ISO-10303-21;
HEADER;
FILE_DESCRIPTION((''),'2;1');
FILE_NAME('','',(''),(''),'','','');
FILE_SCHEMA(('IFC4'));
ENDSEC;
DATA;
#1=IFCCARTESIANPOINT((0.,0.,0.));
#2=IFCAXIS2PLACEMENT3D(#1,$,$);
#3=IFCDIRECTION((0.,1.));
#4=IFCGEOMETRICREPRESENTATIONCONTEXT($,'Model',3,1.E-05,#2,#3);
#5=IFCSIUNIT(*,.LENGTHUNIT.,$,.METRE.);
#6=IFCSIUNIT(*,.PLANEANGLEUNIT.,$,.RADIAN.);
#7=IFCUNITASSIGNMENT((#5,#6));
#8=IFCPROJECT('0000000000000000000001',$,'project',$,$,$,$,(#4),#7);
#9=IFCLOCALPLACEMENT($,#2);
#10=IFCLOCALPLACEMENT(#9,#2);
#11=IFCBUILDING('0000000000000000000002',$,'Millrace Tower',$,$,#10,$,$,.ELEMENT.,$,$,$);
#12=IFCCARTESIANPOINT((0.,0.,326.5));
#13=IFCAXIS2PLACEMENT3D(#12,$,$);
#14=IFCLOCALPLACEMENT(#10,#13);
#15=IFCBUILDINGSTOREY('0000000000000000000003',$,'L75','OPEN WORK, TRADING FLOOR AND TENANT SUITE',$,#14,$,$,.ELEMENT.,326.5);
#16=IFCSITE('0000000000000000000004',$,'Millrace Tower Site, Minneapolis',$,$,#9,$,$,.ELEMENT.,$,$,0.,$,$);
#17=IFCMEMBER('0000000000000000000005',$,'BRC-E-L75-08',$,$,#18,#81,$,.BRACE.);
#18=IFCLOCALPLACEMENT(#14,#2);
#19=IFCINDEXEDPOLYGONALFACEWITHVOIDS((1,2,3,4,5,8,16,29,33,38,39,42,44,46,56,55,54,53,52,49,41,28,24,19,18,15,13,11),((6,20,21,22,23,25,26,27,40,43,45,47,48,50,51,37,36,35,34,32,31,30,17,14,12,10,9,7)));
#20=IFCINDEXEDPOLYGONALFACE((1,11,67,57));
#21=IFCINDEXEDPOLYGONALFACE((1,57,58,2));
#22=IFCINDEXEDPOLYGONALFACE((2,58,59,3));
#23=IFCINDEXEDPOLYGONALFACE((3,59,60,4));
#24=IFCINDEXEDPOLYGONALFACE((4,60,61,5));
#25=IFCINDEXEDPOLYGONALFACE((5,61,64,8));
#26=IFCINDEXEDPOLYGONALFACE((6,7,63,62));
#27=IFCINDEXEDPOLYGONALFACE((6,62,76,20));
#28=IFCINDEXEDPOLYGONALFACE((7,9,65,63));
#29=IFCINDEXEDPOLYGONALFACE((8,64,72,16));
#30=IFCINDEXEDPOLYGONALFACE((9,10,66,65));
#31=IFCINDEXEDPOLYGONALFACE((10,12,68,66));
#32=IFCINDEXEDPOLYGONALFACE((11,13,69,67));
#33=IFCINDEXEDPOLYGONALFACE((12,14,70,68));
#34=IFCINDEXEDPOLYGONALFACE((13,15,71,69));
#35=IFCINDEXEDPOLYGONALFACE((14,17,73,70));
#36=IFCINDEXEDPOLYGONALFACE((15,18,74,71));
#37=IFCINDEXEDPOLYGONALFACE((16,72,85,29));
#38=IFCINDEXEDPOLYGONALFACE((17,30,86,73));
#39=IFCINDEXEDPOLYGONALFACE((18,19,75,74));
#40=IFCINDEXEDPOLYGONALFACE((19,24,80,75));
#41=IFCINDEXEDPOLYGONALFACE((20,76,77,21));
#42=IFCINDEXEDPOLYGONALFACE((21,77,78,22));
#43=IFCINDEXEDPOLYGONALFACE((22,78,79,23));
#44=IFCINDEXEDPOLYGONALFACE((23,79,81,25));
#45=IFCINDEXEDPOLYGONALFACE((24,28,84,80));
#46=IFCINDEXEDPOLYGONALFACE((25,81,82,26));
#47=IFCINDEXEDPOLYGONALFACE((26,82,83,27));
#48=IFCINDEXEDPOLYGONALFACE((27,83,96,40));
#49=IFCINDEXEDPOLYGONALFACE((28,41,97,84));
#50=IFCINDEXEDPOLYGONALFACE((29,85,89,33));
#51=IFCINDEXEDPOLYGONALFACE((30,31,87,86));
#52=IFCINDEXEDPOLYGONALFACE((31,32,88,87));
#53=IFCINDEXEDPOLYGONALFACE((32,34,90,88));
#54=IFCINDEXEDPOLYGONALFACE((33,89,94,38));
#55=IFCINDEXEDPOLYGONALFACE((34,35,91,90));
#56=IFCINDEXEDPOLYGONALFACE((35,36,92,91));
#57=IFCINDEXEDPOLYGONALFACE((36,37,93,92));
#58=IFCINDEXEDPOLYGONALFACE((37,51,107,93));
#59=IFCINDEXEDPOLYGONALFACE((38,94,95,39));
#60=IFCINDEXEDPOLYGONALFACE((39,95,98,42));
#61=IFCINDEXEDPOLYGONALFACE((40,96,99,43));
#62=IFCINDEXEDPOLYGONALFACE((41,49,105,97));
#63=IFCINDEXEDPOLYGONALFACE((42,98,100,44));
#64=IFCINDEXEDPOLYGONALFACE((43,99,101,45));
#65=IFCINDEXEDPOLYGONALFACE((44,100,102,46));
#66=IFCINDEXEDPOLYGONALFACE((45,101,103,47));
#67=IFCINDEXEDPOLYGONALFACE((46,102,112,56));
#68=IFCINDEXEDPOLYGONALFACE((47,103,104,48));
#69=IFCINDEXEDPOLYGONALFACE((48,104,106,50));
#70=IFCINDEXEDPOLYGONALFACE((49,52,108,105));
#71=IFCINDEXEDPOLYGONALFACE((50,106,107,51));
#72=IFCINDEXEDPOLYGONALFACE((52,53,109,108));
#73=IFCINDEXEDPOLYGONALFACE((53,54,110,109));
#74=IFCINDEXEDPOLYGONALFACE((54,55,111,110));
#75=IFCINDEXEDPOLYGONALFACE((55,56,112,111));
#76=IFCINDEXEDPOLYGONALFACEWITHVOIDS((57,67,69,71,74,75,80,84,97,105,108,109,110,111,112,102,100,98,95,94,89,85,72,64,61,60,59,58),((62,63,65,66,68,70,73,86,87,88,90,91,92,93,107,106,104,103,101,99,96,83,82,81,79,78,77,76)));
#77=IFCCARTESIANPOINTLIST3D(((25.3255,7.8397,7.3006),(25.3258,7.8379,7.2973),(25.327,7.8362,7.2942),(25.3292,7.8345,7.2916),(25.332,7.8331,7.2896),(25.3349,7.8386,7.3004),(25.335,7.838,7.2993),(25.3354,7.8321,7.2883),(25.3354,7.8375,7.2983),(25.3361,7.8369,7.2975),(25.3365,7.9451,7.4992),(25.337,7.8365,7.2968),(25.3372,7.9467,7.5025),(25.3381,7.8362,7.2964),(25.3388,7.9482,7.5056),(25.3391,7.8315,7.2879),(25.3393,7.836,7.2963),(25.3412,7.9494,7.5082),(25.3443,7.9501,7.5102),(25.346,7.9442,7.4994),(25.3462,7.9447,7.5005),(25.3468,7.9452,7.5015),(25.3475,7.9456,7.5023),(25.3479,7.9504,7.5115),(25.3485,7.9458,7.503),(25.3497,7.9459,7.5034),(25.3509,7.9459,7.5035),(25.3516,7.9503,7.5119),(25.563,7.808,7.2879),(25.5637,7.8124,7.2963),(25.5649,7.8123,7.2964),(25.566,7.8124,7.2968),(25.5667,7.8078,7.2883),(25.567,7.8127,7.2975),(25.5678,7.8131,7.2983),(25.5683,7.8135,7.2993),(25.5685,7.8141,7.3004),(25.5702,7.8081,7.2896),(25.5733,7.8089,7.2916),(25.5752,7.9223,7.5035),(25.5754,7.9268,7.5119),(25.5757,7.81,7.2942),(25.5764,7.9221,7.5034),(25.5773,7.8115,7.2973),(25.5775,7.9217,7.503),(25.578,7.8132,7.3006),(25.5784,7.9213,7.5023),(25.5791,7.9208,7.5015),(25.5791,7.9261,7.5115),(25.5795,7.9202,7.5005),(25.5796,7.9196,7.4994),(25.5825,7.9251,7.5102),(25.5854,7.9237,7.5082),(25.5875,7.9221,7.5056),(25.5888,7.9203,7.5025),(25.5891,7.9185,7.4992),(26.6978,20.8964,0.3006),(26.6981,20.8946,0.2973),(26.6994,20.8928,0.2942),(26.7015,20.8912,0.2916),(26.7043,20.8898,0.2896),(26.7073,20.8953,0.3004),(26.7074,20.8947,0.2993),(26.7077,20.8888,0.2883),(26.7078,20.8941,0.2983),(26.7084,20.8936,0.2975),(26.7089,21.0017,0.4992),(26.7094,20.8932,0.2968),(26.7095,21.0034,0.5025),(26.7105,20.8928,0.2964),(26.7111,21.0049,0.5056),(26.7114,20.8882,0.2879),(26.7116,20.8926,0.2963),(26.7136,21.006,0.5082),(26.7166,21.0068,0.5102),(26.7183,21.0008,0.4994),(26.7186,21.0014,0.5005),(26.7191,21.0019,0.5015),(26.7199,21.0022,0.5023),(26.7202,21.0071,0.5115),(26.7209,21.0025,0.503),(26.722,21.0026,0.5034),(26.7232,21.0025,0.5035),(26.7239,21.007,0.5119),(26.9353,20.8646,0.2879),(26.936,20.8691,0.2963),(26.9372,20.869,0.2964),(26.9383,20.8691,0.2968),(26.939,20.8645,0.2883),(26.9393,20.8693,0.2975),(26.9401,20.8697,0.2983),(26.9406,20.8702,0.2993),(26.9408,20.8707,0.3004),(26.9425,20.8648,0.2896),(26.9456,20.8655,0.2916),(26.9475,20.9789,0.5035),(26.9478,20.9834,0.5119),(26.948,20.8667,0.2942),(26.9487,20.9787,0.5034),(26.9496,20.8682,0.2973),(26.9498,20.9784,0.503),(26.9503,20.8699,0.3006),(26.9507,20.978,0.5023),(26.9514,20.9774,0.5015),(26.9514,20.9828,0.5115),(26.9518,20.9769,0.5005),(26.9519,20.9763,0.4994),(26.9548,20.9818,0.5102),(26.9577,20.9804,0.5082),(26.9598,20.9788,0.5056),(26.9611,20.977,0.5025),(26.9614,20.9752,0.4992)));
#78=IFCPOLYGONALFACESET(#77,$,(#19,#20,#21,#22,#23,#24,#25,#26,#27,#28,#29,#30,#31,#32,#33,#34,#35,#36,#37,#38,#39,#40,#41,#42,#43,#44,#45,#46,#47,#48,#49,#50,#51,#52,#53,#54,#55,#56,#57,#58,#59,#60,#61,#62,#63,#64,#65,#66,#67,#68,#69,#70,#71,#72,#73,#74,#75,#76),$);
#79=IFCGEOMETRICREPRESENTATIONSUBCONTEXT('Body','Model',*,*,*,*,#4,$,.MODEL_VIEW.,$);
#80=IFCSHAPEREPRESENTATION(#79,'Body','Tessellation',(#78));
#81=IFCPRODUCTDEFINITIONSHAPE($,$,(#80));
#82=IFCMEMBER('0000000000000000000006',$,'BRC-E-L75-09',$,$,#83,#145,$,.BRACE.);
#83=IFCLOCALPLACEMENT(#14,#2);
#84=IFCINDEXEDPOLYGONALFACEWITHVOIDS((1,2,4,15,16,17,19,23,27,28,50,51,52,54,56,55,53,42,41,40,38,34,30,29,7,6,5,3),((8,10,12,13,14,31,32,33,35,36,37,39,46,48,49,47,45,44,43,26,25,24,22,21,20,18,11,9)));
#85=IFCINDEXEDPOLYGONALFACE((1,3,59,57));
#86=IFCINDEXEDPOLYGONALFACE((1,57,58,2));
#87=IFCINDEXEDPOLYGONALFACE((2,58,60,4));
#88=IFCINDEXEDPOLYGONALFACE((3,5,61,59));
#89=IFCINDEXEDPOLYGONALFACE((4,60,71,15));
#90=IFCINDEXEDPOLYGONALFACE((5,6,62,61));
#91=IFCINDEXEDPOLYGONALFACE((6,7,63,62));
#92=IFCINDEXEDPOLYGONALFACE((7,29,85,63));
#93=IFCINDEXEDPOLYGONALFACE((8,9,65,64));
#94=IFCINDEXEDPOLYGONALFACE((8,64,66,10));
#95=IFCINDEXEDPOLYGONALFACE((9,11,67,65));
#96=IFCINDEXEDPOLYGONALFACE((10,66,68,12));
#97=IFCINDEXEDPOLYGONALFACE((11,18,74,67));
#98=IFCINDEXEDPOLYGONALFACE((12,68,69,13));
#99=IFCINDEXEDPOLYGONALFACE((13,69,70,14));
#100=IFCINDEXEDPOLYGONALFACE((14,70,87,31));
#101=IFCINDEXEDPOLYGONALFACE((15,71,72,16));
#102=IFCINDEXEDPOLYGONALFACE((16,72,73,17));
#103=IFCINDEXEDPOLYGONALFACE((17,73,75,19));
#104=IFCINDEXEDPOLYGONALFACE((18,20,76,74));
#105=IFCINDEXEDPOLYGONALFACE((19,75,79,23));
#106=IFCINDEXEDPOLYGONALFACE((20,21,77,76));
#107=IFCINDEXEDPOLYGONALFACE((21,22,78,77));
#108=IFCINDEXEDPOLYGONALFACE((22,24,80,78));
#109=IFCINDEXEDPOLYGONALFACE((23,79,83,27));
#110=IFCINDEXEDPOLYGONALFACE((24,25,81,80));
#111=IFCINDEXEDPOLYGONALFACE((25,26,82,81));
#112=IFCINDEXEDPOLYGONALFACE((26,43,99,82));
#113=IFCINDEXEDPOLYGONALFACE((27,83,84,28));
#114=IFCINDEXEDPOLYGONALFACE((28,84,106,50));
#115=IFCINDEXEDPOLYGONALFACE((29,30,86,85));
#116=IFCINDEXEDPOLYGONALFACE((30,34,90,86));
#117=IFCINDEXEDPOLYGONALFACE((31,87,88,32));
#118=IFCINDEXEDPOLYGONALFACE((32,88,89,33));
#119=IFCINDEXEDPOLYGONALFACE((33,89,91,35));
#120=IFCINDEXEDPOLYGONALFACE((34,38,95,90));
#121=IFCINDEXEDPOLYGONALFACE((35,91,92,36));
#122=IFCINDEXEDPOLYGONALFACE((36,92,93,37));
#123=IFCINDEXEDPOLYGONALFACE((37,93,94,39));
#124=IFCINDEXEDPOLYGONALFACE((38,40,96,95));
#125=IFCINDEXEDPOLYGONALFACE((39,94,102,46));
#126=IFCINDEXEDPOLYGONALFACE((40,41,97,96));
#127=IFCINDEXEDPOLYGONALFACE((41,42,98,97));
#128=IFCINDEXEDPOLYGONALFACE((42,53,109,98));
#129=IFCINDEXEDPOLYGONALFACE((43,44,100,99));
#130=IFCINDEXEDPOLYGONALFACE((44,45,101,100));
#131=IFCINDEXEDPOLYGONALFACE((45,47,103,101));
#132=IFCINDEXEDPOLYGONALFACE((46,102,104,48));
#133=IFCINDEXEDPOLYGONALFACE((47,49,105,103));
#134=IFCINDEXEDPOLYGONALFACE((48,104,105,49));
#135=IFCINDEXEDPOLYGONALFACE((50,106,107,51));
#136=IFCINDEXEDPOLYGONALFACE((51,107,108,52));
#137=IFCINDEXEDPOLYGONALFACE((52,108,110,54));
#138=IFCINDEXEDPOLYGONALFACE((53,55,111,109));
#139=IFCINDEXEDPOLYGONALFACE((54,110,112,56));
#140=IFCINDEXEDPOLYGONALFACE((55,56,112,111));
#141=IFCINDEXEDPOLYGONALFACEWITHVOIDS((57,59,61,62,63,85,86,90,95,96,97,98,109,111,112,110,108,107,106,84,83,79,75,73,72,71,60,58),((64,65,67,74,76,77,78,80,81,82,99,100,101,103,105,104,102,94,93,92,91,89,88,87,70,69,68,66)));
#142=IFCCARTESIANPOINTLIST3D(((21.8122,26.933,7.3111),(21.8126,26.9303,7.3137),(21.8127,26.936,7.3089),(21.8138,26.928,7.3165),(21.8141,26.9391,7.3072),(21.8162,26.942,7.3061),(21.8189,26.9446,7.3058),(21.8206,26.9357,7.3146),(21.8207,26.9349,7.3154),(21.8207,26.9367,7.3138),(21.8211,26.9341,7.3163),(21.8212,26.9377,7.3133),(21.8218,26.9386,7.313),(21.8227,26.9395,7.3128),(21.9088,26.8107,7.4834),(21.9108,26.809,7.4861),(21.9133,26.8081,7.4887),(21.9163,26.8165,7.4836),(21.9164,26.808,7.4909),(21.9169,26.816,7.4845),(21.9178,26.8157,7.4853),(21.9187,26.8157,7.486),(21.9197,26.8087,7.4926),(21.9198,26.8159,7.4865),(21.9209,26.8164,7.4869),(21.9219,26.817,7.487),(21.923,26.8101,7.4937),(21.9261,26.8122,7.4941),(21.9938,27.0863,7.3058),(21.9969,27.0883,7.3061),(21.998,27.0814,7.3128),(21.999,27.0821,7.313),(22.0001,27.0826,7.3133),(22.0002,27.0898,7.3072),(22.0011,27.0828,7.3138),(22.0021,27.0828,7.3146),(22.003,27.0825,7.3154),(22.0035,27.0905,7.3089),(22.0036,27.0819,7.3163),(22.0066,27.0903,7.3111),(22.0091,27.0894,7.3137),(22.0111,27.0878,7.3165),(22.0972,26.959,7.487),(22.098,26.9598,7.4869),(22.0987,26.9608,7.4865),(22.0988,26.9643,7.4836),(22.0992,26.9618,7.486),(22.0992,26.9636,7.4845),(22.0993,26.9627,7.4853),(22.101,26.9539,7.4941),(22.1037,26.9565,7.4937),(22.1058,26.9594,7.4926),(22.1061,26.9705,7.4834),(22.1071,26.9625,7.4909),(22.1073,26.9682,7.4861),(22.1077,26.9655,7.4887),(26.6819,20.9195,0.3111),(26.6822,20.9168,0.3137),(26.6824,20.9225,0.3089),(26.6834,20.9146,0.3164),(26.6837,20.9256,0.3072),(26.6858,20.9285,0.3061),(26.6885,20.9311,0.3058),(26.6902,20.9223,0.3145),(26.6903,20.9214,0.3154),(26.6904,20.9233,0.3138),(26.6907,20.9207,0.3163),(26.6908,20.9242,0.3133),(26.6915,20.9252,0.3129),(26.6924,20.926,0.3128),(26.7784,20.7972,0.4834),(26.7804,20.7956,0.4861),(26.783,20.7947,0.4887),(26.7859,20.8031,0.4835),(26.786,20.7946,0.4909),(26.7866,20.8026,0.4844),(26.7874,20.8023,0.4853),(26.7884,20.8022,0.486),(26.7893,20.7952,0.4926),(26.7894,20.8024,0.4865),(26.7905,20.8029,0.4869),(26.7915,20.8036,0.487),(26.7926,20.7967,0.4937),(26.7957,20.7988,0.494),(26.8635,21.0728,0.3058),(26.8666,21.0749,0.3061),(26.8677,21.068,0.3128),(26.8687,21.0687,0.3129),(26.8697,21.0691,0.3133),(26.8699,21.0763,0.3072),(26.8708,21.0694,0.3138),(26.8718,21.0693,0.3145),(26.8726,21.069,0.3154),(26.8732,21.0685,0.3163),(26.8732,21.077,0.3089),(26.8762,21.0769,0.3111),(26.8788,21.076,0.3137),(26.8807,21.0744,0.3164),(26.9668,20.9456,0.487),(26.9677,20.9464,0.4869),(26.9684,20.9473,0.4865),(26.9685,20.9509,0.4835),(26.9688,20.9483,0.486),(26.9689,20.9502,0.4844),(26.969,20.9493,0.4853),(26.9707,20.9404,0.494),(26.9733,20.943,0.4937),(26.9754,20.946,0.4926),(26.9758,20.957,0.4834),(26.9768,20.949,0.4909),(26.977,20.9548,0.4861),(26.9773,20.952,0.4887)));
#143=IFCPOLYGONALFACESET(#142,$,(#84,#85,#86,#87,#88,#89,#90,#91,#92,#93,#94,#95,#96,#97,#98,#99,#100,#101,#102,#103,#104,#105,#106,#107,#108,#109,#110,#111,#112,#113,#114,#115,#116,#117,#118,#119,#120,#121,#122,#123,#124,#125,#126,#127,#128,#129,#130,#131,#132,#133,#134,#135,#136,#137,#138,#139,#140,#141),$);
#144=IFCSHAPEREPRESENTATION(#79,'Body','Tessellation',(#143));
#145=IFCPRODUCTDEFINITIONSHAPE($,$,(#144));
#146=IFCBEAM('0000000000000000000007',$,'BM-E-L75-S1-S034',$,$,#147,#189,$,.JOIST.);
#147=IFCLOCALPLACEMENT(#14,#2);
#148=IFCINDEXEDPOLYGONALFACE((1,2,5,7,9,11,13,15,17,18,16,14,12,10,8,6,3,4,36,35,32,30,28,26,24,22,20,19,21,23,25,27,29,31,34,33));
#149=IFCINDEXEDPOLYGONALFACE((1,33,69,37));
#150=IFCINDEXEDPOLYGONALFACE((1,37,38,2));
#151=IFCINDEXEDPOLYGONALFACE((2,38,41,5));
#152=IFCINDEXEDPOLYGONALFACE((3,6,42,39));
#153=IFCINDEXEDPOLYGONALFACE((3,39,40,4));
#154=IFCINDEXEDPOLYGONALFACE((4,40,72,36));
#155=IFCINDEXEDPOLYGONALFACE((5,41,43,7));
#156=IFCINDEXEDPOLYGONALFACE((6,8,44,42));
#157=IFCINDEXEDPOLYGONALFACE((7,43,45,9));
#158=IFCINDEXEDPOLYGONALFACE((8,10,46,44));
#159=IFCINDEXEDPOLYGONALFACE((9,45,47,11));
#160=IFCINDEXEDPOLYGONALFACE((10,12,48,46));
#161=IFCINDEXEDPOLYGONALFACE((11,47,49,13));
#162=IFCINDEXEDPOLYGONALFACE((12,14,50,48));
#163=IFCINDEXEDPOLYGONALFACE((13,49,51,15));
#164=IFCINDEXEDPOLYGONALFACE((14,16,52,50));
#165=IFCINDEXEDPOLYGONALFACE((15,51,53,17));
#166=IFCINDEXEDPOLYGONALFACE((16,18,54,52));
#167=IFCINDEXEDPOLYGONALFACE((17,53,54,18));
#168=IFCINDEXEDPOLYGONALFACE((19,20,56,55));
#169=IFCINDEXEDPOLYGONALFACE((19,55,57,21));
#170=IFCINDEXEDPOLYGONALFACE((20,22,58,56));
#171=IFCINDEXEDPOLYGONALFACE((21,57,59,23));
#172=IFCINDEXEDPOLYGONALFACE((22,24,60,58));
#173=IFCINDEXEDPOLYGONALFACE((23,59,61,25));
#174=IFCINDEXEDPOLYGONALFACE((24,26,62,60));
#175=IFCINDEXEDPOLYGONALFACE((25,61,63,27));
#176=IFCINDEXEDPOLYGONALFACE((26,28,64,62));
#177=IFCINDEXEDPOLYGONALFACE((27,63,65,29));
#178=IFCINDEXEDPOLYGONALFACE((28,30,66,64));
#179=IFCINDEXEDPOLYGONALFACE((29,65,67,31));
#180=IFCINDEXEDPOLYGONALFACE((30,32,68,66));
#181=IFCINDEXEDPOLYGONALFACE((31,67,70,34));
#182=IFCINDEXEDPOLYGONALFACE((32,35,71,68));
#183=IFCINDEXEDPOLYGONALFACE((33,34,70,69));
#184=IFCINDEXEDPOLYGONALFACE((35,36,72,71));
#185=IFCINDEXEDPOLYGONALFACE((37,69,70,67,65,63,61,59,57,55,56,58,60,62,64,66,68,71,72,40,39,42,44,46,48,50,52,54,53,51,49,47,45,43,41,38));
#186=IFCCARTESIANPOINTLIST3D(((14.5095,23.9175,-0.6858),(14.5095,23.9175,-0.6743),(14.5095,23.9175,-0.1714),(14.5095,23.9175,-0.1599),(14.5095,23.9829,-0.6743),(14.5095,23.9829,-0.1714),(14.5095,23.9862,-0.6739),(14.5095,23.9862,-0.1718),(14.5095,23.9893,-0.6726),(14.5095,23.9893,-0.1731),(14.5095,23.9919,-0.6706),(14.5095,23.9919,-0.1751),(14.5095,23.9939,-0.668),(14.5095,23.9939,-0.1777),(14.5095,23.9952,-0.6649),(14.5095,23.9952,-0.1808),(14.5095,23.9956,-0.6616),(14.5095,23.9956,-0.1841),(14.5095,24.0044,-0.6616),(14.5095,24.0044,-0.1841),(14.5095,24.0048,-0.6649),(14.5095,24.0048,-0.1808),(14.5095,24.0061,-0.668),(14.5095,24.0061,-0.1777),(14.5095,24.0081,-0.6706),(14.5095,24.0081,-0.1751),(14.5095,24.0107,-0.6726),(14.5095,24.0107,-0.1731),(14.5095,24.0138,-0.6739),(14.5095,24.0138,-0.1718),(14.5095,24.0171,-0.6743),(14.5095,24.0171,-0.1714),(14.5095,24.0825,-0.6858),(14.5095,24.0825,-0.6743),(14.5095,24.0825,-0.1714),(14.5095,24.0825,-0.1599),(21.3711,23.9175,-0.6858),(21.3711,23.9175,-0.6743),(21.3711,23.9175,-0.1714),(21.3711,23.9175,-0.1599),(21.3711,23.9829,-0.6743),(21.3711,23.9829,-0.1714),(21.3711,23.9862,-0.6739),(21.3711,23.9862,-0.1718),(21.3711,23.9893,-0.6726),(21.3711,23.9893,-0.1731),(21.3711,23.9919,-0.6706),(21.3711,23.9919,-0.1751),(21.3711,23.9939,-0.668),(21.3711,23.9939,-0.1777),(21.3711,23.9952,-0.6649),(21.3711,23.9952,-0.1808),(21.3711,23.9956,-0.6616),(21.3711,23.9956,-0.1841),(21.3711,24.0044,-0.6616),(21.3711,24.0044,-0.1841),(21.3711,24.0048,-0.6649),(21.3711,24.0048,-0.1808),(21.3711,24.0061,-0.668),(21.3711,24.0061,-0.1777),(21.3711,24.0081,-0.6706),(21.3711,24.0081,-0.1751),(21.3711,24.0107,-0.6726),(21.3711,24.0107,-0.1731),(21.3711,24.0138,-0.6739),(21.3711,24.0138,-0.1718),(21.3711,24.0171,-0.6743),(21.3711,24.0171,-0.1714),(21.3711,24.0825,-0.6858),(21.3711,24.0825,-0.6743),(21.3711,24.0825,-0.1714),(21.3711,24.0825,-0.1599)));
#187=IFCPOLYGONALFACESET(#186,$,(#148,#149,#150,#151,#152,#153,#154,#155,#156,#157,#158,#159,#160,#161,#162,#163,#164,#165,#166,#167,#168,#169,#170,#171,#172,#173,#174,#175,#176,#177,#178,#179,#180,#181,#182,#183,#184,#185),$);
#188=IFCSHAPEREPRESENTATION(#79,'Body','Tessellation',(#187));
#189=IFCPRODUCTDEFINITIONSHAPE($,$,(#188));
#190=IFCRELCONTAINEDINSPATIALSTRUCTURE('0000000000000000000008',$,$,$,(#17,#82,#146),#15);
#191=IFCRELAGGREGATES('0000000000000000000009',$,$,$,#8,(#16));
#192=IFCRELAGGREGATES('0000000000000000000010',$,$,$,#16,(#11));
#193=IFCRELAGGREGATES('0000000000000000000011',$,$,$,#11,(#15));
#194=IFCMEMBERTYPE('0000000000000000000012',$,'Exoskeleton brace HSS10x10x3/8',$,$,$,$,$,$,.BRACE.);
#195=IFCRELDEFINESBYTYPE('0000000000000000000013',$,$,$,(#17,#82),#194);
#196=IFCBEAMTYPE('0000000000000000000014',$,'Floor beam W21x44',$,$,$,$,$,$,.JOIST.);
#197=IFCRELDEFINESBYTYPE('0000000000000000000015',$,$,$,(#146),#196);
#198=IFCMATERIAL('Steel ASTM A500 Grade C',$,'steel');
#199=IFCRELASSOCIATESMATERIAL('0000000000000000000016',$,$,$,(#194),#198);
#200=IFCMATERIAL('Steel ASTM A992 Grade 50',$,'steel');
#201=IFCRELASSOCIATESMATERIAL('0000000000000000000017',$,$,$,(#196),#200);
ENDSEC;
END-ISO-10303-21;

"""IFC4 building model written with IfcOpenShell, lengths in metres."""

from ifc_helpers import new_model, si_unit, direction, frame, origin, origin_2d, place, context, subcontext, project, spatial, hollow_rectangle, i_section, extrude, material, material_profile, profile_set, type_object, element, save


model = new_model("IFC4")

# Units and contexts
model_context = context("Model", 3, precision=1e-05, world=origin(), true_north=direction((0.0, 1.0)))
body_context = subcontext(model_context, "Body", "Model", "MODEL_VIEW")
ifc_project = project(units=[si_unit("LENGTHUNIT", "METRE"), si_unit("PLANEANGLEUNIT", "RADIAN")], contexts=[model_context])

# Site, building, storey
site_placement = place(None, origin())
site = spatial("IfcSite", under=ifc_project, at=site_placement, Name="Millrace Tower Site, Minneapolis", CompositionType="ELEMENT", RefElevation=0.0)
building_placement = place(site_placement, origin())
building = spatial("IfcBuilding", under=site, at=building_placement, Name="Millrace Tower", CompositionType="ELEMENT")
storey_placement = place(building_placement, frame((0.0, 0.0, 326.5)))
storey = spatial("IfcBuildingStorey", under=building, at=storey_placement, Name="L75", Description="OPEN WORK, TRADING FLOOR AND TENANT SUITE", CompositionType="ELEMENT", Elevation=326.5)

# Members
ifc_material_1 = material(Name="Steel ASTM A500 Grade C", Category="steel")
ifc_material_profile_1 = material_profile(ifc_material_1, hollow_rectangle(XDim=0.2539, YDim=0.2539, WallThickness=0.0095, InnerFilletRadius=0.0046, OuterFilletRadius=0.0144, at=origin_2d()))
ifc_profile_set_1 = profile_set([ifc_material_profile_1], Name="Steel ASTM A500 Grade C")
member_type_1 = type_object("IfcMemberType", Name="Exoskeleton brace HSS10x10x3/8", PredefinedType="BRACE", material=ifc_profile_set_1)
member_1_placement = place(storey_placement, frame((26.8296, 20.9358, 0.3999), z_axis=(-0.092237, -0.877572, 0.470489), x_axis=(0.994522, -0.104529, 0.0)))
element("IfcMember", 1, at=member_1_placement, inside=storey, type_object=member_type_1, Name="BRC-E-L75-08", PredefinedType="BRACE", context=body_context, shape_type="SweptSolid", body=[
    extrude(hollow_rectangle(XDim=0.2539, YDim=0.2539, WallThickness=0.0095, InnerFilletRadius=0.0046, OuterFilletRadius=0.0144, at=origin_2d()), origin(), (0.0, 0.0, 1.0), 14.8782),
])
member_2_placement = place(storey_placement, frame((26.8296, 20.9358, 0.3999), z_axis=(-0.466694, 0.576314, 0.670864), x_axis=(-0.777143, -0.629324, 0.0)))
element("IfcMember", 2, at=member_2_placement, inside=storey, type_object=member_type_1, Name="BRC-E-L75-09", PredefinedType="BRACE", context=body_context, shape_type="SweptSolid", body=[
    extrude(hollow_rectangle(XDim=0.2539, YDim=0.2539, WallThickness=0.0095, InnerFilletRadius=0.0046, OuterFilletRadius=0.0144, at=origin_2d()), origin(), (0.0, 0.0, 1.0), 10.4343),
])

# Beam
ifc_material_2 = material(Name="Steel ASTM A992 Grade 50", Category="steel")
ifc_material_profile_2 = material_profile(ifc_material_2, i_section(OverallWidth=0.165, OverallDepth=0.5259, WebThickness=0.0088, FlangeThickness=0.0115, FilletRadius=0.0127, at=origin_2d()))
ifc_profile_set_2 = profile_set([ifc_material_profile_2], Name="Steel ASTM A992 Grade 50")
beam_type_1 = type_object("IfcBeamType", Name="Floor beam W21x44", PredefinedType="JOIST", material=ifc_profile_set_2)
beam_1_placement = place(storey_placement, frame((14.5095, 24.0, -0.4229), z_axis=(1.0, 0.0, 0.0), x_axis=(0.0, 1.0, 0.0)))
element("IfcBeam", 3, at=beam_1_placement, inside=storey, type_object=beam_type_1, Name="BM-E-L75-S1-S034", PredefinedType="JOIST", context=body_context, shape_type="SweptSolid", body=[
    extrude(i_section(OverallWidth=0.165, OverallDepth=0.5259, WebThickness=0.0088, FlangeThickness=0.0115, FilletRadius=0.0127, at=origin_2d()), origin(), (0.0, 0.0, 1.0), 6.8616),
])

save(model, "model.ifc")
